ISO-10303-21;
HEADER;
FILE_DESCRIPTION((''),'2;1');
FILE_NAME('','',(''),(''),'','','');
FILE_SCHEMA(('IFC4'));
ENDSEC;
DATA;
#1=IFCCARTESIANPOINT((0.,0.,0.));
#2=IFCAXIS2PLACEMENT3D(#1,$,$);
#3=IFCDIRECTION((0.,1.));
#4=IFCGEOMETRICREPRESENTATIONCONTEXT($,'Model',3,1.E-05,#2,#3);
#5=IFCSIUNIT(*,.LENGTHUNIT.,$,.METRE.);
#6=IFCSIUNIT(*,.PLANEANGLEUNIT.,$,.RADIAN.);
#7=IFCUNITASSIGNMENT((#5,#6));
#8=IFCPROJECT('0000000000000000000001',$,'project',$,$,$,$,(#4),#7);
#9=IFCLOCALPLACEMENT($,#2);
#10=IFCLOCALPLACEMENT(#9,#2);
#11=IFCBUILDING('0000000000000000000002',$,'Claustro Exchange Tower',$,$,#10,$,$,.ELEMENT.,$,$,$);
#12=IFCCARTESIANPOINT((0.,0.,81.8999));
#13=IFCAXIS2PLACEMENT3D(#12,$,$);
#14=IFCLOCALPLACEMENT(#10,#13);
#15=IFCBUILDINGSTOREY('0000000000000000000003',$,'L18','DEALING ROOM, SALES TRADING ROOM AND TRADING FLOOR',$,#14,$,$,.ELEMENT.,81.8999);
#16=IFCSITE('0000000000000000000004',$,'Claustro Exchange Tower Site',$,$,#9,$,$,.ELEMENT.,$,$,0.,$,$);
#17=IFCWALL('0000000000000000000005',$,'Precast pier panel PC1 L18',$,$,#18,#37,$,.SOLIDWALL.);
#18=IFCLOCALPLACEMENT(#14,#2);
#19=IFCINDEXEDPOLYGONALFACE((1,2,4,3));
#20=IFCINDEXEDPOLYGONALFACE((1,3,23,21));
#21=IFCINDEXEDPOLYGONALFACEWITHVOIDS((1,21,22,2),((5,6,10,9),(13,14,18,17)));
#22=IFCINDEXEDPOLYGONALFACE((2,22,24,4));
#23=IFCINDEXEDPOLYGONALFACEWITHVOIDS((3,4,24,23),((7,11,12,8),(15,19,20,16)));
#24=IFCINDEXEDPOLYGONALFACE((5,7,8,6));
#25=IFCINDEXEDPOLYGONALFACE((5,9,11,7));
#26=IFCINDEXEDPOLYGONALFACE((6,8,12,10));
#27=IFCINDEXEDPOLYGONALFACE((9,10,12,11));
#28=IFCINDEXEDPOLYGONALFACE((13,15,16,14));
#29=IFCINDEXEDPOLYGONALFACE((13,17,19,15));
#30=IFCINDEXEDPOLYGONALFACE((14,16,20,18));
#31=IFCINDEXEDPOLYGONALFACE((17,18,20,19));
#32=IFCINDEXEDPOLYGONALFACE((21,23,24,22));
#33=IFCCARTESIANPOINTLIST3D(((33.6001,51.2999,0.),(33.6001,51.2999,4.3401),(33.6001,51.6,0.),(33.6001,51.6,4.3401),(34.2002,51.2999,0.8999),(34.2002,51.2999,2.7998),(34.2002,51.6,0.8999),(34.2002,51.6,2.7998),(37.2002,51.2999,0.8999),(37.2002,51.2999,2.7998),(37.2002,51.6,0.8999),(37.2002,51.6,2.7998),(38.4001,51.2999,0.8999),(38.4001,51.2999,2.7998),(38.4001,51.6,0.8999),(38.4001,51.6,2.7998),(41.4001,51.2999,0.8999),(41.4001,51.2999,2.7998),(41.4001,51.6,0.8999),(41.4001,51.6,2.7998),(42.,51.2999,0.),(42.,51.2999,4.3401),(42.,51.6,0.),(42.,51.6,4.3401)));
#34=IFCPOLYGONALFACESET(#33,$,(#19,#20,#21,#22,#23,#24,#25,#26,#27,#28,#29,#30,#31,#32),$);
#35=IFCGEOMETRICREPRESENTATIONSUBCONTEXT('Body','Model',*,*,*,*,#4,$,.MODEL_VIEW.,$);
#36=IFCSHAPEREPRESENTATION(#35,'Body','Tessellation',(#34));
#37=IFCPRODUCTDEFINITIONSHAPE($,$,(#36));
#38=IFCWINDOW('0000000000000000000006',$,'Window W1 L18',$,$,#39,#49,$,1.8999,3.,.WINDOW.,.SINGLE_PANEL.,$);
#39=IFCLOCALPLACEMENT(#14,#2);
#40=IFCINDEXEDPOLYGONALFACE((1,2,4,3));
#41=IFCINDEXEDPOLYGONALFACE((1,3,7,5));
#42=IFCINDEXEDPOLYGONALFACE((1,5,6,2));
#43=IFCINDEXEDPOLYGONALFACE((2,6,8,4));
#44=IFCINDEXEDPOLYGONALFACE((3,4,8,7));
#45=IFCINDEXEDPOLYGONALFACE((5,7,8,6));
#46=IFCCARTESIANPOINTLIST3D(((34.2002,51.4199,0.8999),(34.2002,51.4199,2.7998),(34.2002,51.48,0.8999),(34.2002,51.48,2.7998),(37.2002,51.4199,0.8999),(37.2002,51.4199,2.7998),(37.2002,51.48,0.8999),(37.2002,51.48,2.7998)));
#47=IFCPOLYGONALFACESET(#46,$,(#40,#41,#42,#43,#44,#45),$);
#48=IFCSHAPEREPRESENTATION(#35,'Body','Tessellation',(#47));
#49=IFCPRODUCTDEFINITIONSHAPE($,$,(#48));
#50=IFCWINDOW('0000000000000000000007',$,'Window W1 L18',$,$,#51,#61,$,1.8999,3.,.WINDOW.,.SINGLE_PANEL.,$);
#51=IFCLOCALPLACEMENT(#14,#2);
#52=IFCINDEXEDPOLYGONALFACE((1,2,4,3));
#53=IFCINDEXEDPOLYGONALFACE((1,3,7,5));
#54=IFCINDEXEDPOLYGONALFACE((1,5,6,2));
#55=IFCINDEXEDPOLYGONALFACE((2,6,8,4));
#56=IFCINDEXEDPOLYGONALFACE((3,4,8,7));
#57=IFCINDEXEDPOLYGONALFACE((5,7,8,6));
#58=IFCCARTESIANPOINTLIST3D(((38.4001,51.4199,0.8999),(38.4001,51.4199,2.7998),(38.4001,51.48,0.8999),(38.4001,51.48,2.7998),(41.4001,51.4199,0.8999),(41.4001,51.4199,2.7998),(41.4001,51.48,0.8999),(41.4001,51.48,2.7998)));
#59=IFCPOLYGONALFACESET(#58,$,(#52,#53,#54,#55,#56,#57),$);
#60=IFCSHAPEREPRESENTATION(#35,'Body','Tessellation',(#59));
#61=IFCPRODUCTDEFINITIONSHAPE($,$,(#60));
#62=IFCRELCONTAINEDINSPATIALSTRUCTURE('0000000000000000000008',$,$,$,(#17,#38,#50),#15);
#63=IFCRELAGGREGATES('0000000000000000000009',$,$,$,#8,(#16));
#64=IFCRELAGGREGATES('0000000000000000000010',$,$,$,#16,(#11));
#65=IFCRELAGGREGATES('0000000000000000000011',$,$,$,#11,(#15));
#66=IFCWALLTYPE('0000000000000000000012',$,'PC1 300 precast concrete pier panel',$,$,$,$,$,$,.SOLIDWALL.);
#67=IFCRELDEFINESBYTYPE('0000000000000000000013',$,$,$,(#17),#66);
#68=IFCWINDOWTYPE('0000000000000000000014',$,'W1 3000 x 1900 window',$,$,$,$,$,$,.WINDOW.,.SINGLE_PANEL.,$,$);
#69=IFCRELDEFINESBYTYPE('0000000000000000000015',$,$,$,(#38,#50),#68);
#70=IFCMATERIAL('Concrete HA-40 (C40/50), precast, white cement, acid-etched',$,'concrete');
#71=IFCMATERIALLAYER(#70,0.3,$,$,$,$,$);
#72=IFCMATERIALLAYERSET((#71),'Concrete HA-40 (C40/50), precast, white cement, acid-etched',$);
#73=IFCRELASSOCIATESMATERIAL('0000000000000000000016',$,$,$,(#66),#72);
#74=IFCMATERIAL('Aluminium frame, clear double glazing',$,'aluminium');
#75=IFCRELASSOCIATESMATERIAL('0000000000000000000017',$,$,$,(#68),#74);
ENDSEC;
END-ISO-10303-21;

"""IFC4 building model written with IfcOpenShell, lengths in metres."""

from ifc_helpers import new_model, si_unit, direction, frame, frame_2d, origin, place, context, subcontext, project, spatial, rectangle, extrude, material, layer, layer_set, type_object, element, fill, save


model = new_model("IFC4")

# Units and contexts
model_context = context("Model", 3, precision=1e-05, world=origin(), true_north=direction((0.0, 1.0)))
body_context = subcontext(model_context, "Body", "Model", "MODEL_VIEW")
ifc_project = project(units=[si_unit("LENGTHUNIT", "METRE"), si_unit("PLANEANGLEUNIT", "RADIAN")], contexts=[model_context])

# Site, building, storey
site_placement = place(None, origin())
site = spatial("IfcSite", under=ifc_project, at=site_placement, Name="Claustro Exchange Tower Site", CompositionType="ELEMENT", RefElevation=0.0)
building_placement = place(site_placement, origin())
building = spatial("IfcBuilding", under=site, at=building_placement, Name="Claustro Exchange Tower", CompositionType="ELEMENT")
storey_placement = place(building_placement, frame((0.0, 0.0, 81.8999)))
storey = spatial("IfcBuildingStorey", under=building, at=storey_placement, Name="L18", Description="DEALING ROOM, SALES TRADING ROOM AND TRADING FLOOR", CompositionType="ELEMENT", Elevation=81.8999)

# Wall, openings, windows
ifc_material_1 = material(Name="Concrete HA-40 (C40/50), precast, white cement, acid-etched", Category="concrete")
ifc_layer_1 = layer(ifc_material_1, 0.3)
ifc_layer_set_1 = layer_set([ifc_layer_1], Name="Concrete HA-40 (C40/50), precast, white cement, acid-etched")
wall_type_1 = type_object("IfcWallType", Name="PC1 300 precast concrete pier panel", PredefinedType="SOLIDWALL", material=ifc_layer_set_1)
ifc_material_2 = material(Name="Aluminium frame, clear double glazing", Category="aluminium")
window_type = type_object("IfcWindowType", Name="W1 3000 x 1900 window", PartitioningType="SINGLE_PANEL", PredefinedType="WINDOW", material=ifc_material_2)
wall_1_placement = place(storey_placement, frame((33.6001, 51.45, 0.0), z_axis=(0.0, 0.0, 1.0), x_axis=(1.0, 0.0, 0.0)))
wall_1 = element("IfcWall", 1, at=wall_1_placement, inside=storey, type_object=wall_type_1, Name="Precast pier panel PC1 L18", PredefinedType="SOLIDWALL", context=body_context, shape_type="SweptSolid", body=[
    extrude(rectangle(XDim=8.3999, YDim=0.3, at=frame_2d((4.2, 0.0))), origin(), (0.0, 0.0, 1.0), 4.3401),
])
opening_1_placement = place(wall_1_placement, frame((0.6001, 0.0, 0.8999)))
opening_1 = element("IfcOpeningElement", 2, at=opening_1_placement, cuts=wall_1, PredefinedType="OPENING", context=body_context, shape_type="SweptSolid", body=[
    extrude(rectangle(XDim=3.0, YDim=1.8999, at=frame_2d((1.5, 0.95))), frame((0.0, 0.1599, 0.0), z_axis=(0.0, -1.0, 0.0), x_axis=(1.0, 0.0, 0.0)), (0.0, 0.0, 1.0), 0.3201),
])
opening_2_placement = place(wall_1_placement, frame((4.8, 0.0, 0.8999)))
opening_2 = element("IfcOpeningElement", 3, at=opening_2_placement, cuts=wall_1, PredefinedType="OPENING", context=body_context, shape_type="SweptSolid", body=[
    extrude(rectangle(XDim=3.0, YDim=1.8999, at=frame_2d((1.5, 0.95))), frame((0.0, 0.1599, 0.0), z_axis=(0.0, -1.0, 0.0), x_axis=(1.0, 0.0, 0.0)), (0.0, 0.0, 1.0), 0.3201),
])
window_1_placement = place(opening_1_placement, origin())
window_1 = element("IfcWindow", 4, at=window_1_placement, inside=storey, type_object=window_type, Name="Window W1 L18", OverallHeight=1.8999, OverallWidth=3.0, PartitioningType="SINGLE_PANEL", PredefinedType="WINDOW", context=body_context, shape_type="SweptSolid", body=[
    extrude(rectangle(XDim=3.0, YDim=1.8999, at=frame_2d((1.5, 0.95))), frame((0.0, 0.03, 0.0), z_axis=(0.0, -1.0, 0.0), x_axis=(1.0, 0.0, 0.0)), (0.0, 0.0, 1.0), 0.0601),
])
fill(opening_1, window_1)
window_2_placement = place(opening_2_placement, origin())
window_2 = element("IfcWindow", 5, at=window_2_placement, inside=storey, type_object=window_type, Name="Window W1 L18", OverallHeight=1.8999, OverallWidth=3.0, PartitioningType="SINGLE_PANEL", PredefinedType="WINDOW", context=body_context, shape_type="SweptSolid", body=[
    extrude(rectangle(XDim=3.0, YDim=1.8999, at=frame_2d((1.5, 0.95))), frame((0.0, 0.03, 0.0), z_axis=(0.0, -1.0, 0.0), x_axis=(1.0, 0.0, 0.0)), (0.0, 0.0, 1.0), 0.0601),
])
fill(opening_2, window_2)

save(model, "model.ifc")
